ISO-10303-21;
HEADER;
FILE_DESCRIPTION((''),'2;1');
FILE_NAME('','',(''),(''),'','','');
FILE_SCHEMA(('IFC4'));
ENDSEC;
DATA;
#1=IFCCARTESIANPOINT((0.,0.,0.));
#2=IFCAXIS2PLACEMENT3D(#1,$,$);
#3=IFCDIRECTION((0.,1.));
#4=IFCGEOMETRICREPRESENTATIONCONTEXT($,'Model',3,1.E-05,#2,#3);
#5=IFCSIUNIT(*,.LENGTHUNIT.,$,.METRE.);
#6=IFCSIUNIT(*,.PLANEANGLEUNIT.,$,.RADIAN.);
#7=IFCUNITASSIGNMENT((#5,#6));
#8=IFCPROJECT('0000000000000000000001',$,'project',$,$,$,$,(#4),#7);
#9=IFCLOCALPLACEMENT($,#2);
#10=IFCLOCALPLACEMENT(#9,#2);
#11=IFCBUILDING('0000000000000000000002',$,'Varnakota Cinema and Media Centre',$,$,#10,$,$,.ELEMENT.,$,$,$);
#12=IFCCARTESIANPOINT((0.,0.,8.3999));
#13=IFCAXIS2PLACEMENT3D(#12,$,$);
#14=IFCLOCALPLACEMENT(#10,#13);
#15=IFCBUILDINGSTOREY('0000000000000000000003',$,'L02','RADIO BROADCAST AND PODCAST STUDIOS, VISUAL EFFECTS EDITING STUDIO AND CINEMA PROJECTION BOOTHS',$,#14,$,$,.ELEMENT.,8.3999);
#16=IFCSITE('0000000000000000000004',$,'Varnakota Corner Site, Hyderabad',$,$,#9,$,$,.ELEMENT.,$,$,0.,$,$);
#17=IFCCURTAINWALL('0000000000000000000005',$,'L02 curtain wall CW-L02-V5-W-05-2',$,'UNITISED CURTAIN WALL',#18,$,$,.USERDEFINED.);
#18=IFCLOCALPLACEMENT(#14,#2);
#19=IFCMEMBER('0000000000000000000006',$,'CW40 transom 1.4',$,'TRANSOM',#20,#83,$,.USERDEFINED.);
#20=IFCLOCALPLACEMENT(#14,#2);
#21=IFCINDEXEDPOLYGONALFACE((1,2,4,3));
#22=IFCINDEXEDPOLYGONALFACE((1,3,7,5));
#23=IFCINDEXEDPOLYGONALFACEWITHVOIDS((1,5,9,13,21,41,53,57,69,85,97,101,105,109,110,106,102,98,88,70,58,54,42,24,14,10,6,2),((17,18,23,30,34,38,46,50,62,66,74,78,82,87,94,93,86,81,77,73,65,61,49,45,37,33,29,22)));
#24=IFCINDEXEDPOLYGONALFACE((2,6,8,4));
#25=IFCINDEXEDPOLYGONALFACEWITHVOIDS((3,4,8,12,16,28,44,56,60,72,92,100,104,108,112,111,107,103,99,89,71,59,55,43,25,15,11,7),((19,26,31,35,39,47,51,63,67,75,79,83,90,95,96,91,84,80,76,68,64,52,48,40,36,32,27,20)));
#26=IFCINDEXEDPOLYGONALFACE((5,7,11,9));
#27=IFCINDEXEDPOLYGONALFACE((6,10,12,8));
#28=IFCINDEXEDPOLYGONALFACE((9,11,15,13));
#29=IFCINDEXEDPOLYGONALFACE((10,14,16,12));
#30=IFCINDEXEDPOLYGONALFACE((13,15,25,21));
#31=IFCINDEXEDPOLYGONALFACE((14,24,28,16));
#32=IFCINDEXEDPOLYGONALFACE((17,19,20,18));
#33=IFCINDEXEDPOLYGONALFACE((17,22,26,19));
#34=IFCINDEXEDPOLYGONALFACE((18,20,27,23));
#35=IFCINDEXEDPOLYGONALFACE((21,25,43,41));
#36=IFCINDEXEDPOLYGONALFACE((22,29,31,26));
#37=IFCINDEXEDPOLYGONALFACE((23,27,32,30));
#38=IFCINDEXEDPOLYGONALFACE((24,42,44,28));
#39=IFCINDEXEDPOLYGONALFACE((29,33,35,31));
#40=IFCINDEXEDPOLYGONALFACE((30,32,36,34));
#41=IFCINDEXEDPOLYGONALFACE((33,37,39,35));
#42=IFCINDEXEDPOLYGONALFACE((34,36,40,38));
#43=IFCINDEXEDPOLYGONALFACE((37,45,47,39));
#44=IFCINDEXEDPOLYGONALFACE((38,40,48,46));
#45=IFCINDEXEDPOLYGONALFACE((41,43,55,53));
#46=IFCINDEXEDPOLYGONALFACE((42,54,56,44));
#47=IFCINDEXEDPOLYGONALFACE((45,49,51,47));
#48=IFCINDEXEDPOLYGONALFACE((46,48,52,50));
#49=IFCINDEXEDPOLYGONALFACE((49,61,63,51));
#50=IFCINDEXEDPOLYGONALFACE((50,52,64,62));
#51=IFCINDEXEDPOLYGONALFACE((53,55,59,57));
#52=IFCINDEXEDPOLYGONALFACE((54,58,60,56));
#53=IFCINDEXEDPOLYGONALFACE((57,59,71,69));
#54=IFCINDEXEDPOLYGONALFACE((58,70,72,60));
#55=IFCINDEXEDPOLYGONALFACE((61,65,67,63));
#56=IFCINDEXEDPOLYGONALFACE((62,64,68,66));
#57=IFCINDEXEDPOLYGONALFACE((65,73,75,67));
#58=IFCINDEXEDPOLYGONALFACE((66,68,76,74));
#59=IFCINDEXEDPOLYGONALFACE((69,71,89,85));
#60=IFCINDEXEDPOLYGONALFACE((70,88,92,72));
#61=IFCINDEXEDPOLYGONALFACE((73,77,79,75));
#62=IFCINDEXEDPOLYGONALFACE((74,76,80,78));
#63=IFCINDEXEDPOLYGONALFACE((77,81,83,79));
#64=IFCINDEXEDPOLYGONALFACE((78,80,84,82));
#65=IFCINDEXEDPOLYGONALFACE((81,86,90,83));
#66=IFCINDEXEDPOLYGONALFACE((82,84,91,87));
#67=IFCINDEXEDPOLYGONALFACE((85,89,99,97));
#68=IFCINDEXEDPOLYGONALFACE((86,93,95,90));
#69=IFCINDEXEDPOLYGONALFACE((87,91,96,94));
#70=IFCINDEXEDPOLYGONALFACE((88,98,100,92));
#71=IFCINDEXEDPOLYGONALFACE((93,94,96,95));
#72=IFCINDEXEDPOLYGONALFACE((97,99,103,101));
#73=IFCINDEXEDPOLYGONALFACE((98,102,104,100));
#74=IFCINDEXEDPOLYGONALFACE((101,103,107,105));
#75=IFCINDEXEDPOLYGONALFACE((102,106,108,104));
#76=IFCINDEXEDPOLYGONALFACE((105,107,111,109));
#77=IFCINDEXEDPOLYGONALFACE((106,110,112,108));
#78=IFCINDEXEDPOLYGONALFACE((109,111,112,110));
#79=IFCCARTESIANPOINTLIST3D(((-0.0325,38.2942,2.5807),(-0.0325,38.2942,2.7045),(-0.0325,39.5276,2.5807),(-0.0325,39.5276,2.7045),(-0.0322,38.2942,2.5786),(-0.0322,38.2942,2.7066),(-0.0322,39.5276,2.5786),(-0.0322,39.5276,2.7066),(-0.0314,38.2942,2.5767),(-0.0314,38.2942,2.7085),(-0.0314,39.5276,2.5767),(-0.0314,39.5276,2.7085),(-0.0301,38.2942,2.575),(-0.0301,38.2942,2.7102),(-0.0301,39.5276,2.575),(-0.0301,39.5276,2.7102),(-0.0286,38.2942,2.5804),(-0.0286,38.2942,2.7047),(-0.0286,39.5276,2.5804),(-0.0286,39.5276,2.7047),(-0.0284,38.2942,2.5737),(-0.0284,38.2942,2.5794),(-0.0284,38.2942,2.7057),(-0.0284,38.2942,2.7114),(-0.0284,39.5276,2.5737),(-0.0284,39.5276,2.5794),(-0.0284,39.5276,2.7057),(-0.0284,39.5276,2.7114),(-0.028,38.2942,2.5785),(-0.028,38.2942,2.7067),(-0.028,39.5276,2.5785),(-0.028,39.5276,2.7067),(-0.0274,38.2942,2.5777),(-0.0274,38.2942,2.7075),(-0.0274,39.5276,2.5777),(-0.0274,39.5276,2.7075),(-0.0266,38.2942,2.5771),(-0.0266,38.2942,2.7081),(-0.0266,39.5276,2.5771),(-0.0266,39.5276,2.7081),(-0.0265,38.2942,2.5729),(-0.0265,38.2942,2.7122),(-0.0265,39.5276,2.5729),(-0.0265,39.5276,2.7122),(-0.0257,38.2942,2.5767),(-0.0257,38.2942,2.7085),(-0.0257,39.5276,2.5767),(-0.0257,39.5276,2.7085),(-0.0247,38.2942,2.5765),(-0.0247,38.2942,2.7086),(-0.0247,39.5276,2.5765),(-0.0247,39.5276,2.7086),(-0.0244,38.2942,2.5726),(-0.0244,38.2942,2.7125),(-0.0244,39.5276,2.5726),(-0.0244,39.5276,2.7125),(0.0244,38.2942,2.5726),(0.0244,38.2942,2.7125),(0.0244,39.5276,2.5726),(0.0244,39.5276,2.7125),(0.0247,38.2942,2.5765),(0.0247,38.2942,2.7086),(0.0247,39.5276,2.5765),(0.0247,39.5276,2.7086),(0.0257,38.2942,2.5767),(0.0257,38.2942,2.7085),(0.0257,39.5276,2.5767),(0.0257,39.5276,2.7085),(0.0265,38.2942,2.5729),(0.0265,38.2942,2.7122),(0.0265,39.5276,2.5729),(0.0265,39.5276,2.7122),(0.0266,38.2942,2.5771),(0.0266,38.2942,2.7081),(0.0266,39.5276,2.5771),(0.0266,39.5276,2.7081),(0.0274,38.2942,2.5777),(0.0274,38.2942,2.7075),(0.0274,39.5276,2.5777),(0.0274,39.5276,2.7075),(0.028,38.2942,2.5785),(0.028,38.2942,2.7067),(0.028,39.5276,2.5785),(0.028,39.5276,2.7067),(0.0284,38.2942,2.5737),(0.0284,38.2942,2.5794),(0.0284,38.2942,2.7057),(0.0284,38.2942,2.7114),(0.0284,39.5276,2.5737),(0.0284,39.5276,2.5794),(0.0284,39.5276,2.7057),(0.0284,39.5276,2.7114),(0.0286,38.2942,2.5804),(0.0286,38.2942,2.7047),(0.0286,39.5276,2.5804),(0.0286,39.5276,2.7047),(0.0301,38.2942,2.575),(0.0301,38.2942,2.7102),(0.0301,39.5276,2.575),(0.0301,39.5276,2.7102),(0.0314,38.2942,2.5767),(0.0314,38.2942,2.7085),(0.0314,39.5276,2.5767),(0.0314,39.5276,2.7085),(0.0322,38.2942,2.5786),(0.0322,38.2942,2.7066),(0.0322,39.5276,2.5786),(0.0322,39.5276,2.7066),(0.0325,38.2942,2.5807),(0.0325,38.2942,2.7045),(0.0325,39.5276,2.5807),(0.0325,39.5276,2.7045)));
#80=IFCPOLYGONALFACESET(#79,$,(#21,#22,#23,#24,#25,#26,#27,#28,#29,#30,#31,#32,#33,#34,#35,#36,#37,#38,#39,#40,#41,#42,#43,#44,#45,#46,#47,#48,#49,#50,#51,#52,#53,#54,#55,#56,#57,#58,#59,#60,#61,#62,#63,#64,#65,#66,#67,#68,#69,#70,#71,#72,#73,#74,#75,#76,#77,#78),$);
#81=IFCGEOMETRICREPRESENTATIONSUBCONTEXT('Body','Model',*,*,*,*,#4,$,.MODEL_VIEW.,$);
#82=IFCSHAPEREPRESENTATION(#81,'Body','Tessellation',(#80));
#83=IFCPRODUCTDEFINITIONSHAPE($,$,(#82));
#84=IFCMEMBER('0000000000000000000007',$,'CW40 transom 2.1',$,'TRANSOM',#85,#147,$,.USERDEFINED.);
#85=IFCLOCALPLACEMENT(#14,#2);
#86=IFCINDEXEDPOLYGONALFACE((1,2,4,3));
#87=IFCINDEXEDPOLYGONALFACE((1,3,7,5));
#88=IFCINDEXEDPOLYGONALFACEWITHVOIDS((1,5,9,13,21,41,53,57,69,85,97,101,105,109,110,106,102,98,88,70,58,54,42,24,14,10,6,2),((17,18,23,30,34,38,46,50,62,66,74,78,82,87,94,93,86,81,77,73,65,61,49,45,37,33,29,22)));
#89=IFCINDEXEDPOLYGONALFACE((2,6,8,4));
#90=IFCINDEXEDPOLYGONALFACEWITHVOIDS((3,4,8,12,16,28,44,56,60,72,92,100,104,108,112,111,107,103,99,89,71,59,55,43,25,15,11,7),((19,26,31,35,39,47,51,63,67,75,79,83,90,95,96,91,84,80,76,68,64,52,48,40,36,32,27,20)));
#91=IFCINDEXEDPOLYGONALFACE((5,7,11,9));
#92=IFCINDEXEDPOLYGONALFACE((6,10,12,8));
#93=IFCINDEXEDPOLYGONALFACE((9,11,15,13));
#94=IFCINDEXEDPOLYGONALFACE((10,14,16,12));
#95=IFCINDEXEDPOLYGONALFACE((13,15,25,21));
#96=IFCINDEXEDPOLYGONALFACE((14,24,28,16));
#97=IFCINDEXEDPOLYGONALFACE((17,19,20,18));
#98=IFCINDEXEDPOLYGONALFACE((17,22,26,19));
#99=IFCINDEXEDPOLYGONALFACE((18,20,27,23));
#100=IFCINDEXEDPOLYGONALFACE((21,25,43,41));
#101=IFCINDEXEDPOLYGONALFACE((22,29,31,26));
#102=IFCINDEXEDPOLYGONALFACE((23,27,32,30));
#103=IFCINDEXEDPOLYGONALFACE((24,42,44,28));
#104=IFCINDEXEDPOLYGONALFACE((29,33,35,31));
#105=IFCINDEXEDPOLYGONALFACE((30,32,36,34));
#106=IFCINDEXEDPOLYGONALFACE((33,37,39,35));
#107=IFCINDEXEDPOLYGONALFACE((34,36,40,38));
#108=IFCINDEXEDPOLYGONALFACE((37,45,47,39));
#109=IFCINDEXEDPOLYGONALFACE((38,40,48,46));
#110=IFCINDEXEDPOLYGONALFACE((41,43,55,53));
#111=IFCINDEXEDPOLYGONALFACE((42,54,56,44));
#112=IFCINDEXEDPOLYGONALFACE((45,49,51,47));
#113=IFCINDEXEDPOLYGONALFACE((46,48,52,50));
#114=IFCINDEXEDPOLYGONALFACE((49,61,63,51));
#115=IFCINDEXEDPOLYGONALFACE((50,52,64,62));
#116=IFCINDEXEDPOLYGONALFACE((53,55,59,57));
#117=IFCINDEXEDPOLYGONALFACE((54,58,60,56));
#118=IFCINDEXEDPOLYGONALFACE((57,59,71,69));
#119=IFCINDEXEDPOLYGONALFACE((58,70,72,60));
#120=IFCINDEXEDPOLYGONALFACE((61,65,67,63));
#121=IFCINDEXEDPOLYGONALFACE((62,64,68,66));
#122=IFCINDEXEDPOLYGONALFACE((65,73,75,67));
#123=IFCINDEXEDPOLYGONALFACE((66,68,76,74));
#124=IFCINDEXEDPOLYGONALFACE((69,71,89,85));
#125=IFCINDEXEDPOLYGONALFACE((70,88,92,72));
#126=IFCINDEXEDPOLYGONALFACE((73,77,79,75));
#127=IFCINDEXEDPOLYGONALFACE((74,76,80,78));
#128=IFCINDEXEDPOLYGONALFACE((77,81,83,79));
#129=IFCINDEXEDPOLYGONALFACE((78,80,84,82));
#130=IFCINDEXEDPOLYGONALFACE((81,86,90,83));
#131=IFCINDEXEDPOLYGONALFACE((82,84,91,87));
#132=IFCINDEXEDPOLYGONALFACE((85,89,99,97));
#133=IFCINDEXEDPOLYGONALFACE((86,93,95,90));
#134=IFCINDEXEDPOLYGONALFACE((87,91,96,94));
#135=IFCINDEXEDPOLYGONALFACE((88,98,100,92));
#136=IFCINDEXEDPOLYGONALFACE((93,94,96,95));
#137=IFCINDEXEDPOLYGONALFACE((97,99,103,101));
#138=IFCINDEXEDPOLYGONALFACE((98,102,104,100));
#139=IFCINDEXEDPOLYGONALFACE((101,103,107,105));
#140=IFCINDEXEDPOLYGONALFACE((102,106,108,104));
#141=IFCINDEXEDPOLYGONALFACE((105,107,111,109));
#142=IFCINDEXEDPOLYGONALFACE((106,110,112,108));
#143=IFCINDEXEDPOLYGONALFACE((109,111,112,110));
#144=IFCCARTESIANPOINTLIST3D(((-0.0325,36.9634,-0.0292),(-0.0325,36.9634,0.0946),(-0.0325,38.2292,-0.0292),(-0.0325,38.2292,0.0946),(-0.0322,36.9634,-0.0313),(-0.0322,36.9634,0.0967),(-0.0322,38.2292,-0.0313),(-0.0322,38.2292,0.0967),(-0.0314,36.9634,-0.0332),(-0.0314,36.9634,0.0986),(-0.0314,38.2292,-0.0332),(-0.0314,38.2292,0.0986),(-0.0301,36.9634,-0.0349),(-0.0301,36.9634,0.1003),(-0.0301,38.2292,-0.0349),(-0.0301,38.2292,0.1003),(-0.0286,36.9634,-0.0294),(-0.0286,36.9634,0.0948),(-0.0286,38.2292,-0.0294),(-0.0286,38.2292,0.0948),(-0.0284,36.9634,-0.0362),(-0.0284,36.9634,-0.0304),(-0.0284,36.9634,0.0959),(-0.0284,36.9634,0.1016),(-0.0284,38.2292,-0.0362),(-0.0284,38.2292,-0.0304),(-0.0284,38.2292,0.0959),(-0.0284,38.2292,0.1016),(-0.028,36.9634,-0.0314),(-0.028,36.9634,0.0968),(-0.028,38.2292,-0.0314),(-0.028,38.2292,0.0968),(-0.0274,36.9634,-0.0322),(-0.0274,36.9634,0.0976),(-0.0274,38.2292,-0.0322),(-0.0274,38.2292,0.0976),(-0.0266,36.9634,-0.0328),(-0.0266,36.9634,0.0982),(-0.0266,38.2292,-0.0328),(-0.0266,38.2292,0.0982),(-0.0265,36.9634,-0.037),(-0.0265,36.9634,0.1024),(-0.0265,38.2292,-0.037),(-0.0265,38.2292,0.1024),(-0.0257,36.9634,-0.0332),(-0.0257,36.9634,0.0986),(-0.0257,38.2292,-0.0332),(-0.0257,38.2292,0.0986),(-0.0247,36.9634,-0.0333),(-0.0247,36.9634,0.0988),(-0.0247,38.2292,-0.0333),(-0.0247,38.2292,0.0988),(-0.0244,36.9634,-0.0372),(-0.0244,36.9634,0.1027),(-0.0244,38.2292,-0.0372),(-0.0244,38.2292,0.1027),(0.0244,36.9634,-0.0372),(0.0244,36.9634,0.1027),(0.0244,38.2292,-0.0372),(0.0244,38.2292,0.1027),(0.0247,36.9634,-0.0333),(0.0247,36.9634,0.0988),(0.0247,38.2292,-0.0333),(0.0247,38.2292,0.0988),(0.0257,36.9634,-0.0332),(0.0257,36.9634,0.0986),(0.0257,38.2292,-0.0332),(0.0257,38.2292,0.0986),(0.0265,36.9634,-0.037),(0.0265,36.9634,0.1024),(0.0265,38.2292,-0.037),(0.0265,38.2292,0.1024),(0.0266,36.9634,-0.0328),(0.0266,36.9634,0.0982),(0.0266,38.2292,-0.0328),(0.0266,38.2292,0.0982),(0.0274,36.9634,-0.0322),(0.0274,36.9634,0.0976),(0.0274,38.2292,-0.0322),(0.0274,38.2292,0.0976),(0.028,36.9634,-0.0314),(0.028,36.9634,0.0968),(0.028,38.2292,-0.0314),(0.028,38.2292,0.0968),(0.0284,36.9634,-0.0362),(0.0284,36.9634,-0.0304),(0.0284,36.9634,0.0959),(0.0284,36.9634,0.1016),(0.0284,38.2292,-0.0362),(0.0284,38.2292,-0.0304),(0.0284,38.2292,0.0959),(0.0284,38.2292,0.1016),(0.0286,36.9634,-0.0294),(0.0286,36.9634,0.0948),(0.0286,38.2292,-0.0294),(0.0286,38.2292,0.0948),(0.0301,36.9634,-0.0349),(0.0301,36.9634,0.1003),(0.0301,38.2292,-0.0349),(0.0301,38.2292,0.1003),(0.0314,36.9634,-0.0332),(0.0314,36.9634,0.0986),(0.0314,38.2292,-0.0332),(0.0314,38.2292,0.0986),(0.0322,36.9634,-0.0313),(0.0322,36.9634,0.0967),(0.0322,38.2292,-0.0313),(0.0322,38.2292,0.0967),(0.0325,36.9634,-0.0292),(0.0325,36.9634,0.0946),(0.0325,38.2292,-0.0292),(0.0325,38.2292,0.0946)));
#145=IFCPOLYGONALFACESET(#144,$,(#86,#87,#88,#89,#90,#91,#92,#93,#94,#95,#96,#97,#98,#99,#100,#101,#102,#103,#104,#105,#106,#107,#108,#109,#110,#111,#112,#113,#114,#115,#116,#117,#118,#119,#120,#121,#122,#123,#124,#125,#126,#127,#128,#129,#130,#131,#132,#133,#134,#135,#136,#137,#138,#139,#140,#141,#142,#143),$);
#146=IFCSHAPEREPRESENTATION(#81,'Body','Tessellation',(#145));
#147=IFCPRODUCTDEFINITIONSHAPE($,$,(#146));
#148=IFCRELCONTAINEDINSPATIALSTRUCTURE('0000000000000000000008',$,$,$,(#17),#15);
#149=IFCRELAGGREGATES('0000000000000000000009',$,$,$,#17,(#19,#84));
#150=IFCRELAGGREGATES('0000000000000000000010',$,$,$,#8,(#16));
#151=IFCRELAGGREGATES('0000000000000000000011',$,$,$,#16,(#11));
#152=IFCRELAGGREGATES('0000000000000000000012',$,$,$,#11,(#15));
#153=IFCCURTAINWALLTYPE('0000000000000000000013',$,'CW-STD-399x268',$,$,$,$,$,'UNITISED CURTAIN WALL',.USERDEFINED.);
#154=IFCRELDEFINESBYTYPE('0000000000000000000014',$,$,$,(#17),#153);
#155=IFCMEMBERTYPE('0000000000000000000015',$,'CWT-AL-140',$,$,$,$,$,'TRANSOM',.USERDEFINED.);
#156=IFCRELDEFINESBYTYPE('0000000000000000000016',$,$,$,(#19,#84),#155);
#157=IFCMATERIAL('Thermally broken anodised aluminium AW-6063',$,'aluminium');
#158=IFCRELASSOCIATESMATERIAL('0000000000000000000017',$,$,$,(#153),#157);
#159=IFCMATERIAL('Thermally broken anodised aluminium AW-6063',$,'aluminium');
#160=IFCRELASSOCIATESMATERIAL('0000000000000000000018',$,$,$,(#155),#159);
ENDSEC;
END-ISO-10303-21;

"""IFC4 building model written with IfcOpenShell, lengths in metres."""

from ifc_helpers import new_model, si_unit, direction, frame, origin, origin_2d, place, context, subcontext, project, spatial, hollow_rectangle, extrude, material, material_profile, profile_set, type_object, element, aggregate, save


model = new_model("IFC4")

# Units and contexts
model_context = context("Model", 3, precision=1e-05, world=origin(), true_north=direction((0.0, 1.0)))
body_context = subcontext(model_context, "Body", "Model", "MODEL_VIEW")
ifc_project = project(units=[si_unit("LENGTHUNIT", "METRE"), si_unit("PLANEANGLEUNIT", "RADIAN")], contexts=[model_context])

# Site, building, storey
site_placement = place(None, origin())
site = spatial("IfcSite", under=ifc_project, at=site_placement, Name="Varnakota Corner Site, Hyderabad", CompositionType="ELEMENT", RefElevation=0.0)
building_placement = place(site_placement, origin())
building = spatial("IfcBuilding", under=site, at=building_placement, Name="Varnakota Cinema and Media Centre", CompositionType="ELEMENT")
storey_placement = place(building_placement, frame((0.0, 0.0, 8.3999)))
storey = spatial("IfcBuildingStorey", under=building, at=storey_placement, Name="L02", Description="RADIO BROADCAST AND PODCAST STUDIOS, VISUAL EFFECTS EDITING STUDIO AND CINEMA PROJECTION BOOTHS", CompositionType="ELEMENT", Elevation=8.3999)

# Curtain wall
ifc_material_1 = material(Name="Thermally broken anodised aluminium AW-6063", Category="aluminium")
curtain_wall_type = type_object("IfcCurtainWallType", Name="CW-STD-399x268", ElementType="UNITISED CURTAIN WALL", PredefinedType="USERDEFINED", material=ifc_material_1)
curtain_wall_1_placement = place(storey_placement, origin())
curtain_wall_1 = element("IfcCurtainWall", 1, at=curtain_wall_1_placement, inside=storey, type_object=curtain_wall_type, Name="L02 curtain wall CW-L02-V5-W-05-2", ObjectType="UNITISED CURTAIN WALL", PredefinedType="USERDEFINED")

# Members
ifc_material_2 = material(Name="Thermally broken anodised aluminium AW-6063", Category="aluminium")
ifc_material_profile_1 = material_profile(ifc_material_2, hollow_rectangle(XDim=0.0649, YDim=0.1399, WallThickness=0.0039, InnerFilletRadius=0.0039, OuterFilletRadius=0.0081, at=origin_2d()), Name="AL-TRANSOM 140x65x4")
ifc_profile_set_1 = profile_set([ifc_material_profile_1], Name="Thermally broken anodised aluminium AW-6063")
member_type_1 = type_object("IfcMemberType", Name="CWT-AL-140", ElementType="TRANSOM", PredefinedType="USERDEFINED", material=ifc_profile_set_1)
member_1_placement = place(storey_placement, frame((0.0, 39.5276, 2.6426), z_axis=(0.0, -1.0, 0.0), x_axis=(1.0, 0.0, 0.0)))
member_1 = element("IfcMember", 2, at=member_1_placement, type_object=member_type_1, Name="CW40 transom 1.4", ObjectType="TRANSOM", PredefinedType="USERDEFINED", context=body_context, shape_type="SweptSolid", body=[
    extrude(hollow_rectangle(XDim=0.0649, YDim=0.1399, WallThickness=0.0039, InnerFilletRadius=0.0039, OuterFilletRadius=0.0081, at=origin_2d()), origin(), (0.0, 0.0, 1.0), 1.2334),
])
member_2_placement = place(storey_placement, frame((0.0, 38.2292, 0.0327), z_axis=(0.0, -1.0, 0.0), x_axis=(1.0, 0.0, 0.0)))
member_2 = element("IfcMember", 3, at=member_2_placement, type_object=member_type_1, Name="CW40 transom 2.1", ObjectType="TRANSOM", PredefinedType="USERDEFINED", context=body_context, shape_type="SweptSolid", body=[
    extrude(hollow_rectangle(XDim=0.0649, YDim=0.1399, WallThickness=0.0039, InnerFilletRadius=0.0039, OuterFilletRadius=0.0081, at=origin_2d()), origin(), (0.0, 0.0, 1.0), 1.2659),
])

aggregate(curtain_wall_1, [member_1, member_2])

save(model, "model.ifc")
